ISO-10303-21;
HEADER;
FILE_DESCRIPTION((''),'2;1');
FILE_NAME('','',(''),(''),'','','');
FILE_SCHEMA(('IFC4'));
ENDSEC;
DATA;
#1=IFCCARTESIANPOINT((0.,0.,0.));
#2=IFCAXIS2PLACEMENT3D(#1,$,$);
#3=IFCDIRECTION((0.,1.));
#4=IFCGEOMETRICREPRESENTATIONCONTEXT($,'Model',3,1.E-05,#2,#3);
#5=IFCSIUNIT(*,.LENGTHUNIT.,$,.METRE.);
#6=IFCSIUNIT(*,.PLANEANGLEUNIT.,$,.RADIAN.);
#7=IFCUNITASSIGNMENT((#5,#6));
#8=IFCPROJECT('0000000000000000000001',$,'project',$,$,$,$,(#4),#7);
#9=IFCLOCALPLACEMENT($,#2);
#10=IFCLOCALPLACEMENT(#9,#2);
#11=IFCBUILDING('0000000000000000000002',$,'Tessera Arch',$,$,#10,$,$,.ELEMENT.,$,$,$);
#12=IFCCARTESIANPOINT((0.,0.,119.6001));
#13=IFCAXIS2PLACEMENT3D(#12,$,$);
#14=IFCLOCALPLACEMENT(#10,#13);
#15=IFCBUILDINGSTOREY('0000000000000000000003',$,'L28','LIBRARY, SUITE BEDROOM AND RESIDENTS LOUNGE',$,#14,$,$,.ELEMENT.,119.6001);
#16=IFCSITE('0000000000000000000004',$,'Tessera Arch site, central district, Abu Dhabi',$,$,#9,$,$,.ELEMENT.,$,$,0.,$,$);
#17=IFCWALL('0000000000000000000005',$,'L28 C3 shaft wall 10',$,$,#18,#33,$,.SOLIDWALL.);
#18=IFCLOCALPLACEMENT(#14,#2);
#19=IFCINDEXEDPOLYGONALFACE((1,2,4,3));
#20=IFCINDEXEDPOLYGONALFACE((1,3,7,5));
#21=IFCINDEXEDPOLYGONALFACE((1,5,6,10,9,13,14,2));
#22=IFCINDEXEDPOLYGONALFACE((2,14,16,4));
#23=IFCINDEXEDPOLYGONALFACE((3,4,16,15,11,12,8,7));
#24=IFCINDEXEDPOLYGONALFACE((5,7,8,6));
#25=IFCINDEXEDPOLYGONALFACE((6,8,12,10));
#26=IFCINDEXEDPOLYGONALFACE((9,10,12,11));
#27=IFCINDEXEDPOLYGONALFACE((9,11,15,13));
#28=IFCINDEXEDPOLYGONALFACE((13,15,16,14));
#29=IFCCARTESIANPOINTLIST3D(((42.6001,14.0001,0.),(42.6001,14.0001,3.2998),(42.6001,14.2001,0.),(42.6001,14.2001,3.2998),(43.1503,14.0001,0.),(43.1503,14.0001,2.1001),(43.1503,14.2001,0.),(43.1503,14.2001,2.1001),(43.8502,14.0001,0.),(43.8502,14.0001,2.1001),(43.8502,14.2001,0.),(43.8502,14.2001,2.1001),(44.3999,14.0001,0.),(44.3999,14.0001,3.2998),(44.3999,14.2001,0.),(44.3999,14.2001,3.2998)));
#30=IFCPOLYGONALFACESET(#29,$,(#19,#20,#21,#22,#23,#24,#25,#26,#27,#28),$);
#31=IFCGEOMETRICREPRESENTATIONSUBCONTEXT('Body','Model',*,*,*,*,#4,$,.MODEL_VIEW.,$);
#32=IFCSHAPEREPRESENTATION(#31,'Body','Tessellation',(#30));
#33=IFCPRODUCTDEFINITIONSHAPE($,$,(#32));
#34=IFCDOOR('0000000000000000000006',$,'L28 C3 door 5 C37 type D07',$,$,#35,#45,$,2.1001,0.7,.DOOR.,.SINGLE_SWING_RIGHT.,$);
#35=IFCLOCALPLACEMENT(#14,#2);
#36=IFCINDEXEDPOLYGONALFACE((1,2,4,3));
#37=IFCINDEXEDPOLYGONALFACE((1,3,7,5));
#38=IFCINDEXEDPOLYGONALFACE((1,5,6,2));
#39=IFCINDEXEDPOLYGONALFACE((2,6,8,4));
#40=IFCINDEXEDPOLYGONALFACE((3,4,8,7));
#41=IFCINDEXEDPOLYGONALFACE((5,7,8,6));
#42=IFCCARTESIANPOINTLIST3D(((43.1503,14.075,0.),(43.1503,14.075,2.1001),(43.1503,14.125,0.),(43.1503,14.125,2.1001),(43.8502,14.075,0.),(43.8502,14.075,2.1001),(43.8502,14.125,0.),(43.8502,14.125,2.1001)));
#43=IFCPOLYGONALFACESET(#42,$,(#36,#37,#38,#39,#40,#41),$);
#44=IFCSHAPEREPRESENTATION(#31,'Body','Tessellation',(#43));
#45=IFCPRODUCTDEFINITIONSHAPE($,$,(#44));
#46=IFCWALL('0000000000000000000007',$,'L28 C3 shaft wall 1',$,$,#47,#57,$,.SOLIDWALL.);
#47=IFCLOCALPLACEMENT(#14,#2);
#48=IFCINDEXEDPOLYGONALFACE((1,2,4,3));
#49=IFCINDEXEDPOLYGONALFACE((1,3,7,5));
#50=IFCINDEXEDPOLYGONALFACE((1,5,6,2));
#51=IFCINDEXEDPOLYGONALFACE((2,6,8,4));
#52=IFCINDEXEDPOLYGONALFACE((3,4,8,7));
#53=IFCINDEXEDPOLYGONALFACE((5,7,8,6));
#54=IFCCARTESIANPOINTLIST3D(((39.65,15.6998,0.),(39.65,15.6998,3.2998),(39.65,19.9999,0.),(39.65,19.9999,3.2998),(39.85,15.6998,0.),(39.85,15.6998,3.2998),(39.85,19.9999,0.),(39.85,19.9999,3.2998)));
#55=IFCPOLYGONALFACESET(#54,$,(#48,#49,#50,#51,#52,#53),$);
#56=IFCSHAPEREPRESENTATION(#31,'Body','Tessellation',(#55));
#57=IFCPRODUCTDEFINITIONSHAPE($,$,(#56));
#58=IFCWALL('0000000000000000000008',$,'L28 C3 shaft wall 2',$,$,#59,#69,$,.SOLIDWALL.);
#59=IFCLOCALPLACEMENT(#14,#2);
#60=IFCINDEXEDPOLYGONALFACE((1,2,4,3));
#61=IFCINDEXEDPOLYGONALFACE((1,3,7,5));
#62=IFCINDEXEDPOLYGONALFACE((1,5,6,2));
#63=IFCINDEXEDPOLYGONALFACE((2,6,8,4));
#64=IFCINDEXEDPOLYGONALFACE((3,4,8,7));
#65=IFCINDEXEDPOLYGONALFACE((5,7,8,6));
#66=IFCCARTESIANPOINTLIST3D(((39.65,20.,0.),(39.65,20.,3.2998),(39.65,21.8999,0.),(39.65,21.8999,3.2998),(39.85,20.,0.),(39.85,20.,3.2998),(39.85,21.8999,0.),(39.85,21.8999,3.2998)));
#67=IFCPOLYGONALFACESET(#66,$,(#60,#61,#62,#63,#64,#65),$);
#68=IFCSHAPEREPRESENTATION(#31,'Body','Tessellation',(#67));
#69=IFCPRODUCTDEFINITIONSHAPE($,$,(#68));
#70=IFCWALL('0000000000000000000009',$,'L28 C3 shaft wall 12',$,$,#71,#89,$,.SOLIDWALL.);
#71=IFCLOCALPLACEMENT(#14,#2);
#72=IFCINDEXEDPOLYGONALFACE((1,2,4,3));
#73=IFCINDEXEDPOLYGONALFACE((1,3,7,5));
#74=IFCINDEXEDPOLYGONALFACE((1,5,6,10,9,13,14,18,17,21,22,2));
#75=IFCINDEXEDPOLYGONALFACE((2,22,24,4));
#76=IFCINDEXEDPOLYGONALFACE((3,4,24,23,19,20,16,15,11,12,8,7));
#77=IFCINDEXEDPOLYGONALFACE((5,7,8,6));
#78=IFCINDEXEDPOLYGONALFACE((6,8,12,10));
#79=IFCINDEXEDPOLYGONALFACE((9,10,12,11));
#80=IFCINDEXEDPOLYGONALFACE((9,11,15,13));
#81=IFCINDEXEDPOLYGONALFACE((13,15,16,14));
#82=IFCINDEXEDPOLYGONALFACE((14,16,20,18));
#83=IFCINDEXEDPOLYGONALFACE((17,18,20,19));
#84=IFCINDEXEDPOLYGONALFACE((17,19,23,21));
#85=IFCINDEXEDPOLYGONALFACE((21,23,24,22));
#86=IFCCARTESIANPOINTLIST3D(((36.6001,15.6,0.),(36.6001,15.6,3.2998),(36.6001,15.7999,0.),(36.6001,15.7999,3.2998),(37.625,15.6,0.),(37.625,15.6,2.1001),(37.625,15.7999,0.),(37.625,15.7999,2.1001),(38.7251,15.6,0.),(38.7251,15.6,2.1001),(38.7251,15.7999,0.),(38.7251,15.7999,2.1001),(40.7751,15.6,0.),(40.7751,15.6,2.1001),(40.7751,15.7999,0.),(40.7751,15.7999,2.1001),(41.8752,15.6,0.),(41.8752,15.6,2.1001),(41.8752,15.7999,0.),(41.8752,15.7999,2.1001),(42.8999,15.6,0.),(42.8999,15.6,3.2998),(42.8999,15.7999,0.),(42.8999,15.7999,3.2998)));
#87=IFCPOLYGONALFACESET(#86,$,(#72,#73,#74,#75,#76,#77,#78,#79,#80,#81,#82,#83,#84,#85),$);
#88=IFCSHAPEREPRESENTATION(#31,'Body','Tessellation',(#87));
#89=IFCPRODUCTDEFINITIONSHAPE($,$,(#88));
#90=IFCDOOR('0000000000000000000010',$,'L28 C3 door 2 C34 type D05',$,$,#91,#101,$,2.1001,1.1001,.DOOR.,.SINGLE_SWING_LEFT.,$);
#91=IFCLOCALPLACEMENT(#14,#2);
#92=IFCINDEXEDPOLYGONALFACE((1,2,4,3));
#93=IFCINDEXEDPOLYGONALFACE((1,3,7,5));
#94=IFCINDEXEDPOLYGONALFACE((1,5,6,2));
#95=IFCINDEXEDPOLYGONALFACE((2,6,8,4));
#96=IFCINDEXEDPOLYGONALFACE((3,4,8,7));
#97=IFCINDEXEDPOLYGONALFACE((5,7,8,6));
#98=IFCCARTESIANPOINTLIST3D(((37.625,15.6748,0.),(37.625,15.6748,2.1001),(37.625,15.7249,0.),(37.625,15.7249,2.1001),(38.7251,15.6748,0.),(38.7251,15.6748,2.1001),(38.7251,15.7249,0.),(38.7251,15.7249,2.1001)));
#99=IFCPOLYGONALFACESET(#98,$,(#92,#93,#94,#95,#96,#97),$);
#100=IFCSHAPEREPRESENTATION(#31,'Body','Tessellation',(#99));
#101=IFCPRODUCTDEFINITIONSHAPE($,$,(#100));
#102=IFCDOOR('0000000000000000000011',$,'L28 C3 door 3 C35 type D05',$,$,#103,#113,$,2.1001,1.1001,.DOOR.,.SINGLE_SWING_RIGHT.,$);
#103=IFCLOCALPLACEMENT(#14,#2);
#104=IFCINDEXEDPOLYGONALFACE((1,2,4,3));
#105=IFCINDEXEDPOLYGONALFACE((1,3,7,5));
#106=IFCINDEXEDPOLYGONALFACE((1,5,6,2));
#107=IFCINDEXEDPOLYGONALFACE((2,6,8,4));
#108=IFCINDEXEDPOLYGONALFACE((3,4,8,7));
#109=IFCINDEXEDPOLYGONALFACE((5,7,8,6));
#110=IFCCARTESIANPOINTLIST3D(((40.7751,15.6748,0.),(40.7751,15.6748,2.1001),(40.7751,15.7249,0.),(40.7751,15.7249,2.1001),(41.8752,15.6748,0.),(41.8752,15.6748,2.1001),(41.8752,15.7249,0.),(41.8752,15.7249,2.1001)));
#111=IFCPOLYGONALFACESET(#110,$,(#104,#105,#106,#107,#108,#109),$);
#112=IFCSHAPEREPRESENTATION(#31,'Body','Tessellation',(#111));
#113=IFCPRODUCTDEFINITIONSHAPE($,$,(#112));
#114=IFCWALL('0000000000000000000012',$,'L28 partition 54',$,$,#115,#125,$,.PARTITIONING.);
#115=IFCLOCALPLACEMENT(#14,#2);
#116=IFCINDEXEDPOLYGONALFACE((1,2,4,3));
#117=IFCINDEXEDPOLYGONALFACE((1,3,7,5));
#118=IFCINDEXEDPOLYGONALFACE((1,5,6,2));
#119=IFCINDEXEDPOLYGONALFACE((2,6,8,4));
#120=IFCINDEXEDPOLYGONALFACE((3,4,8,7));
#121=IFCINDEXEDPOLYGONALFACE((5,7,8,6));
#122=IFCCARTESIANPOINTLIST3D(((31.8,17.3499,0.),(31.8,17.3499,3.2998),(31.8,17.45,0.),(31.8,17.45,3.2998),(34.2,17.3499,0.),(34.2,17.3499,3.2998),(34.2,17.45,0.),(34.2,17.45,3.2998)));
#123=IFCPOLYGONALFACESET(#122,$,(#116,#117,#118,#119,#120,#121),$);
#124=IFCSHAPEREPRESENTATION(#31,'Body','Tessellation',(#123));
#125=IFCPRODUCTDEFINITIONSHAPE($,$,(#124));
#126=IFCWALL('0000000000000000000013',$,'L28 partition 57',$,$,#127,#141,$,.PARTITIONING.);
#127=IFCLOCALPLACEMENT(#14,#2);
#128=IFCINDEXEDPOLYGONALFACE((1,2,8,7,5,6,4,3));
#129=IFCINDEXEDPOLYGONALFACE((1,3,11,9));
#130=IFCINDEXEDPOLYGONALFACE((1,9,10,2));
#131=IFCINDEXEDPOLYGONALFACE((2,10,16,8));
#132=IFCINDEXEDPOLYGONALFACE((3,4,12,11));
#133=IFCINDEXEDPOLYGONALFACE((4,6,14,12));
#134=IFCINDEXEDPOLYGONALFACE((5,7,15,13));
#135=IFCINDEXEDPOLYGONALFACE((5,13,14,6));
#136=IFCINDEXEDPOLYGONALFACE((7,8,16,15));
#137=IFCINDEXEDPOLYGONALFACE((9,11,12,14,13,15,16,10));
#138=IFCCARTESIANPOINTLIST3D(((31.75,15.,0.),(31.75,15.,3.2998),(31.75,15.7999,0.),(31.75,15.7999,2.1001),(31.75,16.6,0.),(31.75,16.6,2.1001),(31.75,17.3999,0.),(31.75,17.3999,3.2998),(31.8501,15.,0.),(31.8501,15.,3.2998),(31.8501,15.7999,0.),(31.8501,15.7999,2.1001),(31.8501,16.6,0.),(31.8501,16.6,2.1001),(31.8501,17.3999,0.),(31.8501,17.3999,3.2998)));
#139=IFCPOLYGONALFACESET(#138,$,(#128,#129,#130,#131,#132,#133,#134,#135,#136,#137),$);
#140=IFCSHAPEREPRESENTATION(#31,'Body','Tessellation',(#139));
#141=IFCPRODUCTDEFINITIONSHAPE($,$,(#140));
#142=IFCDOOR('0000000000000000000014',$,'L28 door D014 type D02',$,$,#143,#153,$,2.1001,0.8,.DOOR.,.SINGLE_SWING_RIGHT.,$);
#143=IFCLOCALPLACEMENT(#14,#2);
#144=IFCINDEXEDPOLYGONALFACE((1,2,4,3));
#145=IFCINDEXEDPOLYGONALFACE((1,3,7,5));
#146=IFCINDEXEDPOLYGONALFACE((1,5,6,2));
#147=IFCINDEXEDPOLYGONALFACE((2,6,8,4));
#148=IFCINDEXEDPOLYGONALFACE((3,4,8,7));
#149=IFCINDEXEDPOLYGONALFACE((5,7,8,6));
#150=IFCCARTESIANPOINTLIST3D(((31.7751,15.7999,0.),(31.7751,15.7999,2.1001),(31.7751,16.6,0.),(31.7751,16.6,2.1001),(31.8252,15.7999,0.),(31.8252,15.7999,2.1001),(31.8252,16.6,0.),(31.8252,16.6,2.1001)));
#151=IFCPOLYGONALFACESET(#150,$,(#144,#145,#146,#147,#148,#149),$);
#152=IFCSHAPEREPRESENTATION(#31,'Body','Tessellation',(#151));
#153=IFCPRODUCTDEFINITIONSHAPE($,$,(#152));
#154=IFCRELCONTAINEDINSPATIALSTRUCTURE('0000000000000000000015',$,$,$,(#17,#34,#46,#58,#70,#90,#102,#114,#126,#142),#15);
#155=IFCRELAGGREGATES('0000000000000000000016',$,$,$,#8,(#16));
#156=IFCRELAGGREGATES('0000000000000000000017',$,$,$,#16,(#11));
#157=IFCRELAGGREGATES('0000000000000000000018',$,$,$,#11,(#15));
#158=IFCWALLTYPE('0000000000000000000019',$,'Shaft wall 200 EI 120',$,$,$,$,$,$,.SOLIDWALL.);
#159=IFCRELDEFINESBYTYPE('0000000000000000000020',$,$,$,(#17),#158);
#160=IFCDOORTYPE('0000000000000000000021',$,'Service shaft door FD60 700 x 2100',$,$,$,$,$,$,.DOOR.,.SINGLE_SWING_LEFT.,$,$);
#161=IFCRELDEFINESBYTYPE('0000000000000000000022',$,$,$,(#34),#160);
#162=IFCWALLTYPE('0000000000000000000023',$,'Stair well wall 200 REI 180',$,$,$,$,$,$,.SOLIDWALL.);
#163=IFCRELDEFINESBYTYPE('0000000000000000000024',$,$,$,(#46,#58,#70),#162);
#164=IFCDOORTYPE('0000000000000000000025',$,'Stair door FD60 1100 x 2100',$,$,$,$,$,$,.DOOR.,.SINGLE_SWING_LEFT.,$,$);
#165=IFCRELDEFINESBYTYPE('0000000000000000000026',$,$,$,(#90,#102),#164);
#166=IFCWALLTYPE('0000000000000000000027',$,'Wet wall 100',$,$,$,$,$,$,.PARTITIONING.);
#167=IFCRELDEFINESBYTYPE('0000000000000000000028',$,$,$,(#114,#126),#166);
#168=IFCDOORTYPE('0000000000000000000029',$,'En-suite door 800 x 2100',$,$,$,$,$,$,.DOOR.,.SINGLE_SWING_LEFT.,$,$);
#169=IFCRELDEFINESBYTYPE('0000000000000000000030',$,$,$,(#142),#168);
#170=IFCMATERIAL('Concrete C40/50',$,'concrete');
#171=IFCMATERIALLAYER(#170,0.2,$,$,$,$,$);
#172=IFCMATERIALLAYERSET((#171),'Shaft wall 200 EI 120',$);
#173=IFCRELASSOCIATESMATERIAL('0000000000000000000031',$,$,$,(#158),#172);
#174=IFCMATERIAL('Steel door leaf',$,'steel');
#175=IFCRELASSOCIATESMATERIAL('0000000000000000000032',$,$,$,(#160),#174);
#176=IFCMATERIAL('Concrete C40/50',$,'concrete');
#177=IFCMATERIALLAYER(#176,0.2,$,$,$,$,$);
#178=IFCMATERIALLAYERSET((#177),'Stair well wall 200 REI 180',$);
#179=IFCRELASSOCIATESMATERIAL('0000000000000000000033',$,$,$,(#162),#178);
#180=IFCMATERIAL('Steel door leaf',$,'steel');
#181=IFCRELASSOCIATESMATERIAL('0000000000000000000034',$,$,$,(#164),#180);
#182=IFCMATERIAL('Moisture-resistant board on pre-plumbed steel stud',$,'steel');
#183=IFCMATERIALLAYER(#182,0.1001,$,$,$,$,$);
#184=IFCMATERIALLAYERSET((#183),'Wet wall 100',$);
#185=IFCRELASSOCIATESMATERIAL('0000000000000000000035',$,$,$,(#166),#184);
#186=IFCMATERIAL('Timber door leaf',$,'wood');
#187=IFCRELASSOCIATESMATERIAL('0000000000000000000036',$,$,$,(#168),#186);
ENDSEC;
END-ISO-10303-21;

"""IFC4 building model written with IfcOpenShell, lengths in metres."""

from ifc_helpers import new_model, si_unit, direction, frame, frame_2d, origin, place, context, subcontext, project, spatial, rectangle, extrude, material, layer, layer_set, type_object, element, fill, save


model = new_model("IFC4")

# Units and contexts
model_context = context("Model", 3, precision=1e-05, world=origin(), true_north=direction((0.0, 1.0)))
body_context = subcontext(model_context, "Body", "Model", "MODEL_VIEW")
ifc_project = project(units=[si_unit("LENGTHUNIT", "METRE"), si_unit("PLANEANGLEUNIT", "RADIAN")], contexts=[model_context])

# Site, building, storey
site_placement = place(None, origin())
site = spatial("IfcSite", under=ifc_project, at=site_placement, Name="Tessera Arch site, central district, Abu Dhabi", CompositionType="ELEMENT", RefElevation=0.0)
building_placement = place(site_placement, origin())
building = spatial("IfcBuilding", under=site, at=building_placement, Name="Tessera Arch", CompositionType="ELEMENT")
storey_placement = place(building_placement, frame((0.0, 0.0, 119.6001)))
storey = spatial("IfcBuildingStorey", under=building, at=storey_placement, Name="L28", Description="LIBRARY, SUITE BEDROOM AND RESIDENTS LOUNGE", CompositionType="ELEMENT", Elevation=119.6001)

# Wall, opening, door
ifc_material_1 = material(Name="Concrete C40/50", Category="concrete")
ifc_layer_1 = layer(ifc_material_1, 0.2)
ifc_layer_set_1 = layer_set([ifc_layer_1], Name="Shaft wall 200 EI 120")
wall_type_1 = type_object("IfcWallType", Name="Shaft wall 200 EI 120", PredefinedType="SOLIDWALL", material=ifc_layer_set_1)
wall_1_placement = place(storey_placement, frame((42.6001, 14.1001, 0.0), z_axis=(0.0, 0.0, 1.0), x_axis=(1.0, 0.0, 0.0)))
wall_1 = element("IfcWall", 1, at=wall_1_placement, inside=storey, type_object=wall_type_1, Name="L28 C3 shaft wall 10", PredefinedType="SOLIDWALL", context=body_context, shape_type="SweptSolid", body=[
    extrude(rectangle(XDim=1.7998, YDim=0.2, at=frame_2d((0.8999, 0.0))), origin(), (0.0, 0.0, 1.0), 3.2998),
])
opening_1_placement = place(wall_1_placement, frame((0.55, 0.0, 0.0)))
opening_1 = element("IfcOpeningElement", 2, at=opening_1_placement, cuts=wall_1, PredefinedType="OPENING", context=body_context, shape_type="SweptSolid", body=[
    extrude(rectangle(XDim=0.7, YDim=2.1001, at=frame_2d((0.3501, 1.05))), frame((0.0, 0.1099, 0.0), z_axis=(0.0, -1.0, 0.0), x_axis=(1.0, 0.0, 0.0)), (0.0, 0.0, 1.0), 0.22),
])
ifc_material_2 = material(Name="Steel door leaf", Category="steel")
door_type_1 = type_object("IfcDoorType", Name="Service shaft door FD60 700 x 2100", OperationType="SINGLE_SWING_LEFT", PredefinedType="DOOR", material=ifc_material_2)
door_1_placement = place(opening_1_placement, origin())
door_1 = element("IfcDoor", 3, at=door_1_placement, inside=storey, type_object=door_type_1, Name="L28 C3 door 5 C37 type D07", OperationType="SINGLE_SWING_RIGHT", OverallHeight=2.1001, OverallWidth=0.7, PredefinedType="DOOR", context=body_context, shape_type="SweptSolid", body=[
    extrude(rectangle(XDim=0.7, YDim=2.1001, at=frame_2d((0.3501, 1.05))), frame((0.0, 0.0249, 0.0), z_axis=(0.0, -1.0, 0.0), x_axis=(1.0, 0.0, 0.0)), (0.0, 0.0, 1.0), 0.05),
])
fill(opening_1, door_1)

# Walls
ifc_material_3 = material(Name="Concrete C40/50", Category="concrete")
ifc_layer_2 = layer(ifc_material_3, 0.2)
ifc_layer_set_2 = layer_set([ifc_layer_2], Name="Stair well wall 200 REI 180")
wall_type_2 = type_object("IfcWallType", Name="Stair well wall 200 REI 180", PredefinedType="SOLIDWALL", material=ifc_layer_set_2)
wall_2_placement = place(storey_placement, frame((39.75, 15.7, 0.0), z_axis=(0.0, 0.0, 1.0), x_axis=(0.0, 1.0, 0.0)))
element("IfcWall", 4, at=wall_2_placement, inside=storey, type_object=wall_type_2, Name="L28 C3 shaft wall 1", PredefinedType="SOLIDWALL", context=body_context, shape_type="SweptSolid", body=[
    extrude(rectangle(XDim=4.3, YDim=0.2, at=frame_2d((2.1499, 0.0))), origin(), (0.0, 0.0, 1.0), 3.2998),
])
wall_3_placement = place(storey_placement, frame((39.75, 20.0, 0.0), z_axis=(0.0, 0.0, 1.0), x_axis=(0.0, 1.0, 0.0)))
element("IfcWall", 5, at=wall_3_placement, inside=storey, type_object=wall_type_2, Name="L28 C3 shaft wall 2", PredefinedType="SOLIDWALL", context=body_context, shape_type="SweptSolid", body=[
    extrude(rectangle(XDim=1.8999, YDim=0.2, at=frame_2d((0.95, 0.0))), origin(), (0.0, 0.0, 1.0), 3.2998),
])

# Wall, openings, doors
wall_4_placement = place(storey_placement, frame((36.6001, 15.7, 0.0), z_axis=(0.0, 0.0, 1.0), x_axis=(1.0, 0.0, 0.0)))
wall_4 = element("IfcWall", 6, at=wall_4_placement, inside=storey, type_object=wall_type_2, Name="L28 C3 shaft wall 12", PredefinedType="SOLIDWALL", context=body_context, shape_type="SweptSolid", body=[
    extrude(rectangle(XDim=6.2998, YDim=0.2, at=frame_2d((3.1499, 0.0))), origin(), (0.0, 0.0, 1.0), 3.2998),
])
opening_2_placement = place(wall_4_placement, frame((1.0249, 0.0, 0.0)))
opening_2 = element("IfcOpeningElement", 7, at=opening_2_placement, cuts=wall_4, PredefinedType="OPENING", context=body_context, shape_type="SweptSolid", body=[
    extrude(rectangle(XDim=1.1001, YDim=2.1001, at=frame_2d((0.55, 1.05))), frame((0.0, 0.1099, 0.0), z_axis=(0.0, -1.0, 0.0), x_axis=(1.0, 0.0, 0.0)), (0.0, 0.0, 1.0), 0.22),
])
opening_3_placement = place(wall_4_placement, frame((4.175, 0.0, 0.0)))
opening_3 = element("IfcOpeningElement", 8, at=opening_3_placement, cuts=wall_4, PredefinedType="OPENING", context=body_context, shape_type="SweptSolid", body=[
    extrude(rectangle(XDim=1.1001, YDim=2.1001, at=frame_2d((0.55, 1.05))), frame((0.0, 0.1099, 0.0), z_axis=(0.0, -1.0, 0.0), x_axis=(1.0, 0.0, 0.0)), (0.0, 0.0, 1.0), 0.22),
])
ifc_material_4 = material(Name="Steel door leaf", Category="steel")
door_type_2 = type_object("IfcDoorType", Name="Stair door FD60 1100 x 2100", OperationType="SINGLE_SWING_LEFT", PredefinedType="DOOR", material=ifc_material_4)
door_2_placement = place(opening_2_placement, origin())
door_2 = element("IfcDoor", 9, at=door_2_placement, inside=storey, type_object=door_type_2, Name="L28 C3 door 2 C34 type D05", OperationType="SINGLE_SWING_LEFT", OverallHeight=2.1001, OverallWidth=1.1001, PredefinedType="DOOR", context=body_context, shape_type="SweptSolid", body=[
    extrude(rectangle(XDim=1.1001, YDim=2.1001, at=frame_2d((0.55, 1.05))), frame((0.0, 0.0249, 0.0), z_axis=(0.0, -1.0, 0.0), x_axis=(1.0, 0.0, 0.0)), (0.0, 0.0, 1.0), 0.05),
])
fill(opening_2, door_2)
door_3_placement = place(opening_3_placement, origin())
door_3 = element("IfcDoor", 10, at=door_3_placement, inside=storey, type_object=door_type_2, Name="L28 C3 door 3 C35 type D05", OperationType="SINGLE_SWING_RIGHT", OverallHeight=2.1001, OverallWidth=1.1001, PredefinedType="DOOR", context=body_context, shape_type="SweptSolid", body=[
    extrude(rectangle(XDim=1.1001, YDim=2.1001, at=frame_2d((0.55, 1.05))), frame((0.0, 0.0249, 0.0), z_axis=(0.0, -1.0, 0.0), x_axis=(1.0, 0.0, 0.0)), (0.0, 0.0, 1.0), 0.05),
])
fill(opening_3, door_3)

# Wall
ifc_material_5 = material(Name="Moisture-resistant board on pre-plumbed steel stud", Category="steel")
ifc_layer_3 = layer(ifc_material_5, 0.1001)
ifc_layer_set_3 = layer_set([ifc_layer_3], Name="Wet wall 100")
wall_type_3 = type_object("IfcWallType", Name="Wet wall 100", PredefinedType="PARTITIONING", material=ifc_layer_set_3)
wall_5_placement = place(storey_placement, frame((31.8, 17.3999, 0.0), z_axis=(0.0, 0.0, 1.0), x_axis=(1.0, 0.0, 0.0)))
element("IfcWall", 11, at=wall_5_placement, inside=storey, type_object=wall_type_3, Name="L28 partition 54", PredefinedType="PARTITIONING", context=body_context, shape_type="SweptSolid", body=[
    extrude(rectangle(XDim=2.3999, YDim=0.1001, at=frame_2d((1.2, 0.0))), origin(), (0.0, 0.0, 1.0), 3.2998),
])

# Wall, opening, door
wall_6_placement = place(storey_placement, frame((31.8, 15.0, 0.0), z_axis=(0.0, 0.0, 1.0), x_axis=(0.0, 1.0, 0.0)))
wall_6 = element("IfcWall", 12, at=wall_6_placement, inside=storey, type_object=wall_type_3, Name="L28 partition 57", PredefinedType="PARTITIONING", context=body_context, shape_type="SweptSolid", body=[
    extrude(rectangle(XDim=2.3999, YDim=0.1001, at=frame_2d((1.2, 0.0))), origin(), (0.0, 0.0, 1.0), 3.2998),
])
opening_4_placement = place(wall_6_placement, frame((0.8, 0.0, 0.0)))
opening_4 = element("IfcOpeningElement", 13, at=opening_4_placement, cuts=wall_6, PredefinedType="OPENING", context=body_context, shape_type="SweptSolid", body=[
    extrude(rectangle(XDim=0.8, YDim=2.1001, at=frame_2d((0.3999, 1.05))), frame((0.0, 0.0601, 0.0), z_axis=(0.0, -1.0, 0.0), x_axis=(1.0, 0.0, 0.0)), (0.0, 0.0, 1.0), 0.1201),
])
ifc_material_6 = material(Name="Timber door leaf", Category="wood")
door_type_3 = type_object("IfcDoorType", Name="En-suite door 800 x 2100", OperationType="SINGLE_SWING_LEFT", PredefinedType="DOOR", material=ifc_material_6)
door_4_placement = place(opening_4_placement, origin())
door_4 = element("IfcDoor", 14, at=door_4_placement, inside=storey, type_object=door_type_3, Name="L28 door D014 type D02", OperationType="SINGLE_SWING_RIGHT", OverallHeight=2.1001, OverallWidth=0.8, PredefinedType="DOOR", context=body_context, shape_type="SweptSolid", body=[
    extrude(rectangle(XDim=0.8, YDim=2.1001, at=frame_2d((0.3999, 1.05))), frame((0.0, 0.0249, 0.0), z_axis=(0.0, -1.0, 0.0), x_axis=(1.0, 0.0, 0.0)), (0.0, 0.0, 1.0), 0.05),
])
fill(opening_4, door_4)

save(model, "model.ifc")
